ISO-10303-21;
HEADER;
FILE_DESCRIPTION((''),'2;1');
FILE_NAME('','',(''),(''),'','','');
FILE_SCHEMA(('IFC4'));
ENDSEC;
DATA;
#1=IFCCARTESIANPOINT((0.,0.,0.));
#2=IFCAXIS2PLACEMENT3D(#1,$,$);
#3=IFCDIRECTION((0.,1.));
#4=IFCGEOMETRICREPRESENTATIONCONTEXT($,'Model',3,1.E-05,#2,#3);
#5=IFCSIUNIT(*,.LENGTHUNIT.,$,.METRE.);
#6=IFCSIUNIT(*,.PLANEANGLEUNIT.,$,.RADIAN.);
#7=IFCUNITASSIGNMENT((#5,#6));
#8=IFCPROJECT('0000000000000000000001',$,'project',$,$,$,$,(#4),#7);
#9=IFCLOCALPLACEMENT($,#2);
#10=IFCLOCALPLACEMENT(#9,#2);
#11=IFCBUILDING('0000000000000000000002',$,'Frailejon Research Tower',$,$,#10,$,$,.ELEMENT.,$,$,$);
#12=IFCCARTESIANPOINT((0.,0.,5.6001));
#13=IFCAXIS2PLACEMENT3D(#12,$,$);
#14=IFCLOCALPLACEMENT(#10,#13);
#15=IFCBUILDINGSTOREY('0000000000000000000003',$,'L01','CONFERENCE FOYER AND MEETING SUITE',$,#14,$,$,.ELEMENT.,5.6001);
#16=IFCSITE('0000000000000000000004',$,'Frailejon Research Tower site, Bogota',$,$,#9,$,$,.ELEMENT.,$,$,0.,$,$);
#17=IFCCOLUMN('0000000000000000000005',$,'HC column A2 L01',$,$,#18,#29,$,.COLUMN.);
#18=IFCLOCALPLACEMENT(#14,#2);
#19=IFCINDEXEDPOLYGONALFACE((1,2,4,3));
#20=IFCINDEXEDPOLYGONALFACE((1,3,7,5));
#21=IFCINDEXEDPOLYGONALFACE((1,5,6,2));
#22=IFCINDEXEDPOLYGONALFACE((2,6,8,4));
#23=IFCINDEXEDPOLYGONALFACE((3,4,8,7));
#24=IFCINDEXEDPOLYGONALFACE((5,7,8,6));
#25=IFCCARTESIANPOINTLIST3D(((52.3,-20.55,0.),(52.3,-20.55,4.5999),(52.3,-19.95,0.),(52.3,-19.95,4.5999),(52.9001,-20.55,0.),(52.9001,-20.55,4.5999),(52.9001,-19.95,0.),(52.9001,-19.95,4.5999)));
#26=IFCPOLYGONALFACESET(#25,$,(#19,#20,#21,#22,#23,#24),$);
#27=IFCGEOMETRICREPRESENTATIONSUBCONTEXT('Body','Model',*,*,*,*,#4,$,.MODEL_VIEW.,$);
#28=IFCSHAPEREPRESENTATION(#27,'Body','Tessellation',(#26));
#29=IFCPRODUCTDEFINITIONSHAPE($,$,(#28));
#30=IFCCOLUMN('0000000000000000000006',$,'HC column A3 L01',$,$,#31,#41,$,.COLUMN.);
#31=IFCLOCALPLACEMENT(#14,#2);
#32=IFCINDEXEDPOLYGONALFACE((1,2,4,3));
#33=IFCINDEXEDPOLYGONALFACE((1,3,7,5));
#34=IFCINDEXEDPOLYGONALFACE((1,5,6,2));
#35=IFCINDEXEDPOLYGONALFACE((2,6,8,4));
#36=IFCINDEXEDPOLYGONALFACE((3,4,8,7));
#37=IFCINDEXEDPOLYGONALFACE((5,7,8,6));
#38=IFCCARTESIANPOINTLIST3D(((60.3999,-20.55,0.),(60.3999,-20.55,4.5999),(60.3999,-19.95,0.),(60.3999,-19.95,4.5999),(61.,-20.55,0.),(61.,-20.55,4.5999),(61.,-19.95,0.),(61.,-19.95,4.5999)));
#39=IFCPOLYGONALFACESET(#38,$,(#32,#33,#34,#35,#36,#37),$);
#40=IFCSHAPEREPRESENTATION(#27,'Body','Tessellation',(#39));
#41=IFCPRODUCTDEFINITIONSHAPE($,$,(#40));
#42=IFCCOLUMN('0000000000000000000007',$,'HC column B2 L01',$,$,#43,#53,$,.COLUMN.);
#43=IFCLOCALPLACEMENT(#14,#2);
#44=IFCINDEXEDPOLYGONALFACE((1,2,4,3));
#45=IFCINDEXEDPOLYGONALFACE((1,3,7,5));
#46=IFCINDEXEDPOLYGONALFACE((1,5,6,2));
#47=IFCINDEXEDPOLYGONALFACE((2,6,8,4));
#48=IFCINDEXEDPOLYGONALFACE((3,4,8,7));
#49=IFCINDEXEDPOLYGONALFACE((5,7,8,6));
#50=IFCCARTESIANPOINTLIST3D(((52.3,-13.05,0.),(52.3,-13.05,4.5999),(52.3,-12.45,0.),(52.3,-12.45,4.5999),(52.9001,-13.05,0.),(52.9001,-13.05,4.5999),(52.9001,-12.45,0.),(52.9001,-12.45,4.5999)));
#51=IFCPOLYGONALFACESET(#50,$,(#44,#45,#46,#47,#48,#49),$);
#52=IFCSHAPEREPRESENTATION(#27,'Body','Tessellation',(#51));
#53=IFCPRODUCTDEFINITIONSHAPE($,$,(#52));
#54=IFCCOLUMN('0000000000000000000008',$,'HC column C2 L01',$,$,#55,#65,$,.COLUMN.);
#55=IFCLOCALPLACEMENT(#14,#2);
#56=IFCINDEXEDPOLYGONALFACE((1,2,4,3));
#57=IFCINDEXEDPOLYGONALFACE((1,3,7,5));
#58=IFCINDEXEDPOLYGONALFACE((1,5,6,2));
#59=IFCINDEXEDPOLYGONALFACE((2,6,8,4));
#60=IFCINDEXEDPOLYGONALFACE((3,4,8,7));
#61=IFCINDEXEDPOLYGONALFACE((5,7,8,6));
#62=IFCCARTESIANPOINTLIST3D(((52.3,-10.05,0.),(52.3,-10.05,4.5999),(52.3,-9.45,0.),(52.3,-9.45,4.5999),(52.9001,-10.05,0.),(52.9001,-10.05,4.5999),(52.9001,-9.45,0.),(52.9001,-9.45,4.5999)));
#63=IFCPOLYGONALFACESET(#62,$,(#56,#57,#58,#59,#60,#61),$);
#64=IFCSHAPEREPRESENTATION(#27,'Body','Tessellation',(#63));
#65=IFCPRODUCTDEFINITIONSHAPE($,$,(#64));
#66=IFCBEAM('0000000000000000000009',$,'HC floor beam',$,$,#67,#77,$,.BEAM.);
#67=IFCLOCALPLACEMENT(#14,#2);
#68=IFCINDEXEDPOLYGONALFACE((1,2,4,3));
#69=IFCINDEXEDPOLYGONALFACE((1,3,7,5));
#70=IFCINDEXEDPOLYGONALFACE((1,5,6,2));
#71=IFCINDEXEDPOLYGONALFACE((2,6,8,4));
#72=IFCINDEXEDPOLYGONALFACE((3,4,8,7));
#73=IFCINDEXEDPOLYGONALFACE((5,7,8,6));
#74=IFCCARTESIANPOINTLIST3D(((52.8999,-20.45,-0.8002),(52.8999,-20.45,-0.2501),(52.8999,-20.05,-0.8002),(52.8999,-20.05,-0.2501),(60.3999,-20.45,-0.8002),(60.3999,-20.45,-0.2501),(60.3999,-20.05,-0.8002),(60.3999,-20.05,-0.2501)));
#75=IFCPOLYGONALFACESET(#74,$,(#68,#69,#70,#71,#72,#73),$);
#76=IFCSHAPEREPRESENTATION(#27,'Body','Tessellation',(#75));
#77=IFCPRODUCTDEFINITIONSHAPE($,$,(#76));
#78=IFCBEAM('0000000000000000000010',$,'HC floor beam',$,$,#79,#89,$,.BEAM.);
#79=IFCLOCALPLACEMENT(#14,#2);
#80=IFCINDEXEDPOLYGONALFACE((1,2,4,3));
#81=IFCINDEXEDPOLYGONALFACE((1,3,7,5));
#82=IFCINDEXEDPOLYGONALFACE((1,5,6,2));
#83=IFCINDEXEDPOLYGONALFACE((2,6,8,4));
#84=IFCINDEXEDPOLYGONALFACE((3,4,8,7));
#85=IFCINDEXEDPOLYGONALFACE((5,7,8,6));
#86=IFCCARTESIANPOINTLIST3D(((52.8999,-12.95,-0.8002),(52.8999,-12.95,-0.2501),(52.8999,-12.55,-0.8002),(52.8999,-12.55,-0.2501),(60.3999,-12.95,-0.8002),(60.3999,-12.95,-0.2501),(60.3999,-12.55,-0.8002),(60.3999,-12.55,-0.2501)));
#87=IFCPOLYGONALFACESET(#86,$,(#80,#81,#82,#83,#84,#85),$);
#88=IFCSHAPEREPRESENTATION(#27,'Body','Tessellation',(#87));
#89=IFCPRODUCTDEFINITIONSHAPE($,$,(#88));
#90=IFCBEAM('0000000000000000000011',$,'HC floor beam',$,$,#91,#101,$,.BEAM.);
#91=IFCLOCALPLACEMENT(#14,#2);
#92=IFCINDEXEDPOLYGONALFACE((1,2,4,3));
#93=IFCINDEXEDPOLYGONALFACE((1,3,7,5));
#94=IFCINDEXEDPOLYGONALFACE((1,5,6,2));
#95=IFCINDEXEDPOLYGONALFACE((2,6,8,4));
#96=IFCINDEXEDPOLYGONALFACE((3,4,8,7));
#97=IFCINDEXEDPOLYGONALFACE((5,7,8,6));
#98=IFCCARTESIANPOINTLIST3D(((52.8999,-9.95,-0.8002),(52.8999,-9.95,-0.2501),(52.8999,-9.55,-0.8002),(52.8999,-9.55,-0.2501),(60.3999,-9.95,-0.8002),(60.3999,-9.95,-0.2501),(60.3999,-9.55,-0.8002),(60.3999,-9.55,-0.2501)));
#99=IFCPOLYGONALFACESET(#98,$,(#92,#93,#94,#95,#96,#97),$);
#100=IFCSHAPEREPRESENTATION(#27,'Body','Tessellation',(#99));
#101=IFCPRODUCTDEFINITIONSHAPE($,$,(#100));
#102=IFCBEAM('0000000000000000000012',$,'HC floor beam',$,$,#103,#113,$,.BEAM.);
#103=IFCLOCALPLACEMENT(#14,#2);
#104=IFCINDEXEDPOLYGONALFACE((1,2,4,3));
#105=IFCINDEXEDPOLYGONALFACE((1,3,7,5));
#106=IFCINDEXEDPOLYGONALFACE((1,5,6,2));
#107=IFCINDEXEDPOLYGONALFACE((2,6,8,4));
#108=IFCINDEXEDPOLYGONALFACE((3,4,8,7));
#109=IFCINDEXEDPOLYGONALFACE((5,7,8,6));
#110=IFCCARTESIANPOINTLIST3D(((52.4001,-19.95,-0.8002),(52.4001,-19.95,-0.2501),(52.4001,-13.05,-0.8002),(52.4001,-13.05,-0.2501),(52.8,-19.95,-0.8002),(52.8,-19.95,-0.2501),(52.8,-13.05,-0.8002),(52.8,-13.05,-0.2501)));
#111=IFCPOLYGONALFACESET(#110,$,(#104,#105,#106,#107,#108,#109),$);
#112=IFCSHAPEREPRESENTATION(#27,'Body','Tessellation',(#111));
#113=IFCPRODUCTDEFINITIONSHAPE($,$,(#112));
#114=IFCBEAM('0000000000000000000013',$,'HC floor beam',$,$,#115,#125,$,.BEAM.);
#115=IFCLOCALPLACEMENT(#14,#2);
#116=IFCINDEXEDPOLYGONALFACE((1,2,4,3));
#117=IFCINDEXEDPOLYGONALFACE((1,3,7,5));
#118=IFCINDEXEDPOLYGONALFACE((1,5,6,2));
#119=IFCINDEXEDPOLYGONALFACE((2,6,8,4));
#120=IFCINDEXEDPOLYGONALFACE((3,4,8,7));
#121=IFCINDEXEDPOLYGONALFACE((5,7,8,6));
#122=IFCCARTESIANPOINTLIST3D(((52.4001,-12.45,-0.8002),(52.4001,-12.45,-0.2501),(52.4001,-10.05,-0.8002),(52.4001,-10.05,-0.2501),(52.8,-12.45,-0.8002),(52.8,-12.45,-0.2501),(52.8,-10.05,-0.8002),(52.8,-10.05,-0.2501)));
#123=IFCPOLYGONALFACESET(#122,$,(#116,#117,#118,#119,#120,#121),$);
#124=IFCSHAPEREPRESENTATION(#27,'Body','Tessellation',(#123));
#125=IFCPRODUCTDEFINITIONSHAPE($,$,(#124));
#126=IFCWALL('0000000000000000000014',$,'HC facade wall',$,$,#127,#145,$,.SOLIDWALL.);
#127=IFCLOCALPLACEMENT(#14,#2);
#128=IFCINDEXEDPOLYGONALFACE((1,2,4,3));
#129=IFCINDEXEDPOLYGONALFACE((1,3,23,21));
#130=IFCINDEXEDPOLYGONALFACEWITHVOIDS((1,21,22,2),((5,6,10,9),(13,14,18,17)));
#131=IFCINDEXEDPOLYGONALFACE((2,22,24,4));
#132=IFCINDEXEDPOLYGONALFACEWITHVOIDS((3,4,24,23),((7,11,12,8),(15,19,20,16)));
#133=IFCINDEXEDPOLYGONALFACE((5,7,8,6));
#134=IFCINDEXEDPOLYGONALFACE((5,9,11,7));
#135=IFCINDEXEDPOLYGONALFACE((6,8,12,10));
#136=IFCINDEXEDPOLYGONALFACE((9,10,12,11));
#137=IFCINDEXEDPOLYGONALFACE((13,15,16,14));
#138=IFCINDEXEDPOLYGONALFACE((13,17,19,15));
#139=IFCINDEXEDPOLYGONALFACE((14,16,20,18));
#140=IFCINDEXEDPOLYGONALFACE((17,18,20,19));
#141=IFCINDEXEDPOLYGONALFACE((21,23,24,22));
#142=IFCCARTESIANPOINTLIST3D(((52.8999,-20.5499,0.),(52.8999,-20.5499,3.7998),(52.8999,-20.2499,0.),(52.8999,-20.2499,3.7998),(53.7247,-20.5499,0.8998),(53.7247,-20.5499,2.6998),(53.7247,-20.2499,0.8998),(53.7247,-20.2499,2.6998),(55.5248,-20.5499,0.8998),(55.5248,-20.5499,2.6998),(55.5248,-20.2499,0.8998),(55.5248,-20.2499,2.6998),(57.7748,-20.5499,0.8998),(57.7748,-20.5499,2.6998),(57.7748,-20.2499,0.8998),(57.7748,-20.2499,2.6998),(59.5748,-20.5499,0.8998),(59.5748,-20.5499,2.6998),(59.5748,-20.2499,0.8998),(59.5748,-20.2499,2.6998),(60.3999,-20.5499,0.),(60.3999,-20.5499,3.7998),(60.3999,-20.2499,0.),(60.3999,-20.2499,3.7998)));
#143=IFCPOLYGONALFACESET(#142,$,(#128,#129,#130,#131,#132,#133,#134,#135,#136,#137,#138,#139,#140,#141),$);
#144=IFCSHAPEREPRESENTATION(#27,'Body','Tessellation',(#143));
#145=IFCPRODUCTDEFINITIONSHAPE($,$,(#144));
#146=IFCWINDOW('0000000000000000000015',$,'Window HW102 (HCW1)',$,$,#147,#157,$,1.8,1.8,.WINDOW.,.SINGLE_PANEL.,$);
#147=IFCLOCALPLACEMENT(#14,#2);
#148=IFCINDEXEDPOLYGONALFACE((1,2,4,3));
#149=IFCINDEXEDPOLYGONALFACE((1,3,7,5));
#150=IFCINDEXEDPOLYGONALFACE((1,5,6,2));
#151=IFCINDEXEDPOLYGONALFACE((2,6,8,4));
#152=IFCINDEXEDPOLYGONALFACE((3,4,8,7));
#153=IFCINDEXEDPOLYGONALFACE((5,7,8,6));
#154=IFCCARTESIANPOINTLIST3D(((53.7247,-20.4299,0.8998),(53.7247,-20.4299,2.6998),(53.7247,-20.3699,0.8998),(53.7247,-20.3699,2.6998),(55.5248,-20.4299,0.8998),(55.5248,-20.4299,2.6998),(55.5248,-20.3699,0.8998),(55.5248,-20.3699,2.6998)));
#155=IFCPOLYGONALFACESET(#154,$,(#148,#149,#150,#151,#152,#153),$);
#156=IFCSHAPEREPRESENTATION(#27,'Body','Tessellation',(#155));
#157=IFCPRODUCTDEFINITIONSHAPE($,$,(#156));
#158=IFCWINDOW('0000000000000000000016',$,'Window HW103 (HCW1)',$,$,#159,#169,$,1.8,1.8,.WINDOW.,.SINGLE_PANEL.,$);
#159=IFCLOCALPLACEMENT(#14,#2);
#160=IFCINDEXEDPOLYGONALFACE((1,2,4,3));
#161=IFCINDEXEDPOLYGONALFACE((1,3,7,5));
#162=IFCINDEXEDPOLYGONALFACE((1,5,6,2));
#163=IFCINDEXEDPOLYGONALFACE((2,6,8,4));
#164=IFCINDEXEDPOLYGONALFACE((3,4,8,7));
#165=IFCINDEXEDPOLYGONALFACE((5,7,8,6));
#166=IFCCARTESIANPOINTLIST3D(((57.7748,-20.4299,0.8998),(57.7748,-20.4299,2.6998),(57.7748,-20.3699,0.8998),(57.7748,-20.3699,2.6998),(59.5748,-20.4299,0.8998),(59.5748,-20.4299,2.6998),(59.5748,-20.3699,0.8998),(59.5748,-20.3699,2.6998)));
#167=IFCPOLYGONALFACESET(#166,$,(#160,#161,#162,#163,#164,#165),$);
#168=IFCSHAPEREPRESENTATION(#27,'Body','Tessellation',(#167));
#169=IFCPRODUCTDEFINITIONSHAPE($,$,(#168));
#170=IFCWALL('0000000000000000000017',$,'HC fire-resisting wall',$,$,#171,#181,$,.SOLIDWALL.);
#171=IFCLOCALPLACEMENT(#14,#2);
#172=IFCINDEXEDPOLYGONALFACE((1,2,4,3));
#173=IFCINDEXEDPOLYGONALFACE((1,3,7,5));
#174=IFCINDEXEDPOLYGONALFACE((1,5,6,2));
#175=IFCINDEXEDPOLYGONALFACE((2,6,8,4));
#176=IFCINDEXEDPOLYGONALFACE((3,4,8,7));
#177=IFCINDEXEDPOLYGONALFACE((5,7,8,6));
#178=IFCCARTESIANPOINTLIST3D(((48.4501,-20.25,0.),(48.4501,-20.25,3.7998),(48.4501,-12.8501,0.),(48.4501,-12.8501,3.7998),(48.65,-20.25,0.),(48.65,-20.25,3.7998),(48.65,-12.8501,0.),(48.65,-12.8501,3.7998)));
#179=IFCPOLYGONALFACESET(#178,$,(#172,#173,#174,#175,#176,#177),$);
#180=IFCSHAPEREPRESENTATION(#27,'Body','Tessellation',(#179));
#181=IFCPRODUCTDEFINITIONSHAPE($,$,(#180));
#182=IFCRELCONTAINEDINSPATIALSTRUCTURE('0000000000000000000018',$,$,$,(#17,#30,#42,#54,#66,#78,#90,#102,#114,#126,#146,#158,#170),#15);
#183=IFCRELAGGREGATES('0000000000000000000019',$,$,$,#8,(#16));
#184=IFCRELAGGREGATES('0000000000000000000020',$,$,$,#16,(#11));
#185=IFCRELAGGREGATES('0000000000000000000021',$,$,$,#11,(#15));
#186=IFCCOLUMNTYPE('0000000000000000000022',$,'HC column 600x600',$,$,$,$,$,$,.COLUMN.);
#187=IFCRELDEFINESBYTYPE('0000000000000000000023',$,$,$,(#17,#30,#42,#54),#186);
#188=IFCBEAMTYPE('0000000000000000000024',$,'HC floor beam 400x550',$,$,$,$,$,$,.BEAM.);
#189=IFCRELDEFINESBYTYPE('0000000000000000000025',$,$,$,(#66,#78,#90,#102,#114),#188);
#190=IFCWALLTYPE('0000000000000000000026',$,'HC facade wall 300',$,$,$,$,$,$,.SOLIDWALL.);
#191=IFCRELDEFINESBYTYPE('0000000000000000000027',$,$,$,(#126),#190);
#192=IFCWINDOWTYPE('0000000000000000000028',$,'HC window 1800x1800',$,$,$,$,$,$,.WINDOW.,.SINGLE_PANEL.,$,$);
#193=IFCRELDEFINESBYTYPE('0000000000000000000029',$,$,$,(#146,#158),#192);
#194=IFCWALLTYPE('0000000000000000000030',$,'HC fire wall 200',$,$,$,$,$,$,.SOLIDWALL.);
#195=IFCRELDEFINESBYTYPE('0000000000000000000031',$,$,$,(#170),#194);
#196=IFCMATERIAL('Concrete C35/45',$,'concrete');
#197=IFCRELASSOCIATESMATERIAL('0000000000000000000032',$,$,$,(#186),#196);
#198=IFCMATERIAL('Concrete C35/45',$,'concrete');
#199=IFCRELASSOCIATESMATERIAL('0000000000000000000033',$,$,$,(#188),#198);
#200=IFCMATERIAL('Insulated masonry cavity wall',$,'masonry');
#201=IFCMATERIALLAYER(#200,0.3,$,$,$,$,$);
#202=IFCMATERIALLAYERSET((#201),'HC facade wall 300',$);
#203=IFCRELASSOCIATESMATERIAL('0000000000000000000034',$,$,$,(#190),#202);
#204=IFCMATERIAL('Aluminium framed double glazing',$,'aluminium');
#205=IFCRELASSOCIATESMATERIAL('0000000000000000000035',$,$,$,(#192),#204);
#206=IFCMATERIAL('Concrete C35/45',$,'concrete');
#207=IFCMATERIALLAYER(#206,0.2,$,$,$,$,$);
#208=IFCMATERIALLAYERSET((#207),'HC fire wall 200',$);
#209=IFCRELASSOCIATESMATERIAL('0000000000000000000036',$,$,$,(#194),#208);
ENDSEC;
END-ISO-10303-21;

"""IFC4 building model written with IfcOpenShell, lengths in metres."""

from ifc_helpers import new_model, si_unit, direction, frame, frame_2d, origin, origin_2d, place, context, subcontext, project, spatial, rectangle, extrude, material, layer, layer_set, material_profile, profile_set, type_object, element, fill, save


model = new_model("IFC4")

# Units and contexts
model_context = context("Model", 3, precision=1e-05, world=origin(), true_north=direction((0.0, 1.0)))
body_context = subcontext(model_context, "Body", "Model", "MODEL_VIEW")
ifc_project = project(units=[si_unit("LENGTHUNIT", "METRE"), si_unit("PLANEANGLEUNIT", "RADIAN")], contexts=[model_context])

# Site, building, storey
site_placement = place(None, origin())
site = spatial("IfcSite", under=ifc_project, at=site_placement, Name="Frailejon Research Tower site, Bogota", CompositionType="ELEMENT", RefElevation=0.0)
building_placement = place(site_placement, origin())
building = spatial("IfcBuilding", under=site, at=building_placement, Name="Frailejon Research Tower", CompositionType="ELEMENT")
storey_placement = place(building_placement, frame((0.0, 0.0, 5.6001)))
storey = spatial("IfcBuildingStorey", under=building, at=storey_placement, Name="L01", Description="CONFERENCE FOYER AND MEETING SUITE", CompositionType="ELEMENT", Elevation=5.6001)

# Columns
ifc_material_1 = material(Name="Concrete C35/45", Category="concrete")
ifc_material_profile_1 = material_profile(ifc_material_1, rectangle(XDim=0.6001, YDim=0.6001, at=origin_2d()), Name="HC column 600x600")
ifc_profile_set_1 = profile_set([ifc_material_profile_1], Name="Concrete C35/45")
column_type = type_object("IfcColumnType", Name="HC column 600x600", PredefinedType="COLUMN", material=ifc_profile_set_1)
for number, where, z_axis, x_axis, name in (
    (1, (52.6001, -20.25, 0.0), (0.0, 0.0, 1.0), (1.0, 0.0, 0.0), "HC column A2 L01"),
    (2, (60.7, -20.25, 0.0), (0.0, 0.0, 1.0), (1.0, 0.0, 0.0), "HC column A3 L01"),
    (3, (52.6001, -12.75, 0.0), (0.0, 0.0, 1.0), (1.0, 0.0, 0.0), "HC column B2 L01"),
    (4, (52.6001, -9.75, 0.0), (0.0, 0.0, 1.0), (1.0, 0.0, 0.0), "HC column C2 L01"),
):
    element("IfcColumn", number, at=place(storey_placement, frame(where, z_axis=z_axis, x_axis=x_axis)), inside=storey, type_object=column_type, Name=name, PredefinedType="COLUMN", context=body_context, shape_type="SweptSolid", body=[
        extrude(rectangle(XDim=0.6001, YDim=0.6001, at=origin_2d()), origin(), (0.0, 0.0, 1.0), 4.5999),
    ])

# Beams
ifc_material_2 = material(Name="Concrete C35/45", Category="concrete")
ifc_material_profile_2 = material_profile(ifc_material_2, rectangle(XDim=0.3999, YDim=0.55, at=origin_2d()), Name="HC floor beam 400x550")
ifc_profile_set_2 = profile_set([ifc_material_profile_2], Name="Concrete C35/45")
beam_type = type_object("IfcBeamType", Name="HC floor beam 400x550", PredefinedType="BEAM", material=ifc_profile_set_2)
for number, where, z_axis, x_axis, name in (
    (5, (52.8999, -20.25, -0.5251), (1.0, 0.0, 0.0), (0.0, 1.0, 0.0), "HC floor beam"),
    (6, (52.8999, -12.75, -0.5251), (1.0, 0.0, 0.0), (0.0, 1.0, 0.0), "HC floor beam"),
    (7, (52.8999, -9.75, -0.5251), (1.0, 0.0, 0.0), (0.0, 1.0, 0.0), "HC floor beam"),
):
    element("IfcBeam", number, at=place(storey_placement, frame(where, z_axis=z_axis, x_axis=x_axis)), inside=storey, type_object=beam_type, Name=name, PredefinedType="BEAM", context=body_context, shape_type="SweptSolid", body=[
        extrude(rectangle(XDim=0.3999, YDim=0.55, at=origin_2d()), origin(), (0.0, 0.0, 1.0), 7.5),
    ])
beam_1_placement = place(storey_placement, frame((52.6001, -19.95, -0.5251), z_axis=(0.0, 1.0, 0.0), x_axis=(-1.0, 0.0, 0.0)))
element("IfcBeam", 8, at=beam_1_placement, inside=storey, type_object=beam_type, Name="HC floor beam", PredefinedType="BEAM", context=body_context, shape_type="SweptSolid", body=[
    extrude(rectangle(XDim=0.3999, YDim=0.55, at=origin_2d()), origin(), (0.0, 0.0, 1.0), 6.8999),
])
beam_2_placement = place(storey_placement, frame((52.6001, -12.45, -0.5251), z_axis=(0.0, 1.0, 0.0), x_axis=(-1.0, 0.0, 0.0)))
element("IfcBeam", 9, at=beam_2_placement, inside=storey, type_object=beam_type, Name="HC floor beam", PredefinedType="BEAM", context=body_context, shape_type="SweptSolid", body=[
    extrude(rectangle(XDim=0.3999, YDim=0.55, at=origin_2d()), origin(), (0.0, 0.0, 1.0), 2.3999),
])

# Wall, openings, windows
ifc_material_3 = material(Name="Insulated masonry cavity wall", Category="masonry")
ifc_layer_1 = layer(ifc_material_3, 0.3)
ifc_layer_set_1 = layer_set([ifc_layer_1], Name="HC facade wall 300")
wall_type_1 = type_object("IfcWallType", Name="HC facade wall 300", PredefinedType="SOLIDWALL", material=ifc_layer_set_1)
wall_1_placement = place(storey_placement, frame((52.8999, -20.3999, 0.0), z_axis=(0.0, 0.0, 1.0), x_axis=(1.0, 0.0, 0.0)))
wall_1 = element("IfcWall", 10, at=wall_1_placement, inside=storey, type_object=wall_type_1, Name="HC facade wall", PredefinedType="SOLIDWALL", context=body_context, shape_type="SweptSolid", body=[
    extrude(rectangle(XDim=7.5, YDim=0.3, at=frame_2d((3.75, 0.0))), origin(), (0.0, 0.0, 1.0), 3.7998),
])
opening_1_placement = place(wall_1_placement, frame((0.825, 0.0, 0.8999)))
opening_1 = element("IfcOpeningElement", 11, at=opening_1_placement, cuts=wall_1, PredefinedType="OPENING", context=body_context, shape_type="SweptSolid", body=[
    extrude(rectangle(XDim=1.8, YDim=1.8, at=frame_2d((0.8999, 0.8999))), frame((0.0, 0.1599, 0.0), z_axis=(0.0, -1.0, 0.0), x_axis=(1.0, 0.0, 0.0)), (0.0, 0.0, 1.0), 0.3201),
])
opening_2_placement = place(wall_1_placement, frame((4.875, 0.0, 0.8999)))
opening_2 = element("IfcOpeningElement", 12, at=opening_2_placement, cuts=wall_1, PredefinedType="OPENING", context=body_context, shape_type="SweptSolid", body=[
    extrude(rectangle(XDim=1.8, YDim=1.8, at=frame_2d((0.8999, 0.8999))), frame((0.0, 0.1599, 0.0), z_axis=(0.0, -1.0, 0.0), x_axis=(1.0, 0.0, 0.0)), (0.0, 0.0, 1.0), 0.3201),
])
ifc_material_4 = material(Name="Aluminium framed double glazing", Category="aluminium")
window_type = type_object("IfcWindowType", Name="HC window 1800x1800", PartitioningType="SINGLE_PANEL", PredefinedType="WINDOW", material=ifc_material_4)
window_1_placement = place(opening_1_placement, origin())
window_1 = element("IfcWindow", 13, at=window_1_placement, inside=storey, type_object=window_type, Name="Window HW102 (HCW1)", OverallHeight=1.8, OverallWidth=1.8, PartitioningType="SINGLE_PANEL", PredefinedType="WINDOW", context=body_context, shape_type="SweptSolid", body=[
    extrude(rectangle(XDim=1.8, YDim=1.8, at=frame_2d((0.8999, 0.8999))), frame((0.0, 0.03, 0.0), z_axis=(0.0, -1.0, 0.0), x_axis=(1.0, 0.0, 0.0)), (0.0, 0.0, 1.0), 0.0601),
])
fill(opening_1, window_1)
window_2_placement = place(opening_2_placement, origin())
window_2 = element("IfcWindow", 14, at=window_2_placement, inside=storey, type_object=window_type, Name="Window HW103 (HCW1)", OverallHeight=1.8, OverallWidth=1.8, PartitioningType="SINGLE_PANEL", PredefinedType="WINDOW", context=body_context, shape_type="SweptSolid", body=[
    extrude(rectangle(XDim=1.8, YDim=1.8, at=frame_2d((0.8999, 0.8999))), frame((0.0, 0.03, 0.0), z_axis=(0.0, -1.0, 0.0), x_axis=(1.0, 0.0, 0.0)), (0.0, 0.0, 1.0), 0.0601),
])
fill(opening_2, window_2)

# Wall
ifc_material_5 = material(Name="Concrete C35/45", Category="concrete")
ifc_layer_2 = layer(ifc_material_5, 0.2)
ifc_layer_set_2 = layer_set([ifc_layer_2], Name="HC fire wall 200")
wall_type_2 = type_object("IfcWallType", Name="HC fire wall 200", PredefinedType="SOLIDWALL", material=ifc_layer_set_2)
wall_2_placement = place(storey_placement, frame((48.55, -20.25, 0.0), z_axis=(0.0, 0.0, 1.0), x_axis=(0.0, 1.0, 0.0)))
element("IfcWall", 15, at=wall_2_placement, inside=storey, type_object=wall_type_2, Name="HC fire-resisting wall", PredefinedType="SOLIDWALL", context=body_context, shape_type="SweptSolid", body=[
    extrude(rectangle(XDim=7.3999, YDim=0.2, at=frame_2d((3.7, 0.0))), origin(), (0.0, 0.0, 1.0), 3.7998),
])

save(model, "model.ifc")
